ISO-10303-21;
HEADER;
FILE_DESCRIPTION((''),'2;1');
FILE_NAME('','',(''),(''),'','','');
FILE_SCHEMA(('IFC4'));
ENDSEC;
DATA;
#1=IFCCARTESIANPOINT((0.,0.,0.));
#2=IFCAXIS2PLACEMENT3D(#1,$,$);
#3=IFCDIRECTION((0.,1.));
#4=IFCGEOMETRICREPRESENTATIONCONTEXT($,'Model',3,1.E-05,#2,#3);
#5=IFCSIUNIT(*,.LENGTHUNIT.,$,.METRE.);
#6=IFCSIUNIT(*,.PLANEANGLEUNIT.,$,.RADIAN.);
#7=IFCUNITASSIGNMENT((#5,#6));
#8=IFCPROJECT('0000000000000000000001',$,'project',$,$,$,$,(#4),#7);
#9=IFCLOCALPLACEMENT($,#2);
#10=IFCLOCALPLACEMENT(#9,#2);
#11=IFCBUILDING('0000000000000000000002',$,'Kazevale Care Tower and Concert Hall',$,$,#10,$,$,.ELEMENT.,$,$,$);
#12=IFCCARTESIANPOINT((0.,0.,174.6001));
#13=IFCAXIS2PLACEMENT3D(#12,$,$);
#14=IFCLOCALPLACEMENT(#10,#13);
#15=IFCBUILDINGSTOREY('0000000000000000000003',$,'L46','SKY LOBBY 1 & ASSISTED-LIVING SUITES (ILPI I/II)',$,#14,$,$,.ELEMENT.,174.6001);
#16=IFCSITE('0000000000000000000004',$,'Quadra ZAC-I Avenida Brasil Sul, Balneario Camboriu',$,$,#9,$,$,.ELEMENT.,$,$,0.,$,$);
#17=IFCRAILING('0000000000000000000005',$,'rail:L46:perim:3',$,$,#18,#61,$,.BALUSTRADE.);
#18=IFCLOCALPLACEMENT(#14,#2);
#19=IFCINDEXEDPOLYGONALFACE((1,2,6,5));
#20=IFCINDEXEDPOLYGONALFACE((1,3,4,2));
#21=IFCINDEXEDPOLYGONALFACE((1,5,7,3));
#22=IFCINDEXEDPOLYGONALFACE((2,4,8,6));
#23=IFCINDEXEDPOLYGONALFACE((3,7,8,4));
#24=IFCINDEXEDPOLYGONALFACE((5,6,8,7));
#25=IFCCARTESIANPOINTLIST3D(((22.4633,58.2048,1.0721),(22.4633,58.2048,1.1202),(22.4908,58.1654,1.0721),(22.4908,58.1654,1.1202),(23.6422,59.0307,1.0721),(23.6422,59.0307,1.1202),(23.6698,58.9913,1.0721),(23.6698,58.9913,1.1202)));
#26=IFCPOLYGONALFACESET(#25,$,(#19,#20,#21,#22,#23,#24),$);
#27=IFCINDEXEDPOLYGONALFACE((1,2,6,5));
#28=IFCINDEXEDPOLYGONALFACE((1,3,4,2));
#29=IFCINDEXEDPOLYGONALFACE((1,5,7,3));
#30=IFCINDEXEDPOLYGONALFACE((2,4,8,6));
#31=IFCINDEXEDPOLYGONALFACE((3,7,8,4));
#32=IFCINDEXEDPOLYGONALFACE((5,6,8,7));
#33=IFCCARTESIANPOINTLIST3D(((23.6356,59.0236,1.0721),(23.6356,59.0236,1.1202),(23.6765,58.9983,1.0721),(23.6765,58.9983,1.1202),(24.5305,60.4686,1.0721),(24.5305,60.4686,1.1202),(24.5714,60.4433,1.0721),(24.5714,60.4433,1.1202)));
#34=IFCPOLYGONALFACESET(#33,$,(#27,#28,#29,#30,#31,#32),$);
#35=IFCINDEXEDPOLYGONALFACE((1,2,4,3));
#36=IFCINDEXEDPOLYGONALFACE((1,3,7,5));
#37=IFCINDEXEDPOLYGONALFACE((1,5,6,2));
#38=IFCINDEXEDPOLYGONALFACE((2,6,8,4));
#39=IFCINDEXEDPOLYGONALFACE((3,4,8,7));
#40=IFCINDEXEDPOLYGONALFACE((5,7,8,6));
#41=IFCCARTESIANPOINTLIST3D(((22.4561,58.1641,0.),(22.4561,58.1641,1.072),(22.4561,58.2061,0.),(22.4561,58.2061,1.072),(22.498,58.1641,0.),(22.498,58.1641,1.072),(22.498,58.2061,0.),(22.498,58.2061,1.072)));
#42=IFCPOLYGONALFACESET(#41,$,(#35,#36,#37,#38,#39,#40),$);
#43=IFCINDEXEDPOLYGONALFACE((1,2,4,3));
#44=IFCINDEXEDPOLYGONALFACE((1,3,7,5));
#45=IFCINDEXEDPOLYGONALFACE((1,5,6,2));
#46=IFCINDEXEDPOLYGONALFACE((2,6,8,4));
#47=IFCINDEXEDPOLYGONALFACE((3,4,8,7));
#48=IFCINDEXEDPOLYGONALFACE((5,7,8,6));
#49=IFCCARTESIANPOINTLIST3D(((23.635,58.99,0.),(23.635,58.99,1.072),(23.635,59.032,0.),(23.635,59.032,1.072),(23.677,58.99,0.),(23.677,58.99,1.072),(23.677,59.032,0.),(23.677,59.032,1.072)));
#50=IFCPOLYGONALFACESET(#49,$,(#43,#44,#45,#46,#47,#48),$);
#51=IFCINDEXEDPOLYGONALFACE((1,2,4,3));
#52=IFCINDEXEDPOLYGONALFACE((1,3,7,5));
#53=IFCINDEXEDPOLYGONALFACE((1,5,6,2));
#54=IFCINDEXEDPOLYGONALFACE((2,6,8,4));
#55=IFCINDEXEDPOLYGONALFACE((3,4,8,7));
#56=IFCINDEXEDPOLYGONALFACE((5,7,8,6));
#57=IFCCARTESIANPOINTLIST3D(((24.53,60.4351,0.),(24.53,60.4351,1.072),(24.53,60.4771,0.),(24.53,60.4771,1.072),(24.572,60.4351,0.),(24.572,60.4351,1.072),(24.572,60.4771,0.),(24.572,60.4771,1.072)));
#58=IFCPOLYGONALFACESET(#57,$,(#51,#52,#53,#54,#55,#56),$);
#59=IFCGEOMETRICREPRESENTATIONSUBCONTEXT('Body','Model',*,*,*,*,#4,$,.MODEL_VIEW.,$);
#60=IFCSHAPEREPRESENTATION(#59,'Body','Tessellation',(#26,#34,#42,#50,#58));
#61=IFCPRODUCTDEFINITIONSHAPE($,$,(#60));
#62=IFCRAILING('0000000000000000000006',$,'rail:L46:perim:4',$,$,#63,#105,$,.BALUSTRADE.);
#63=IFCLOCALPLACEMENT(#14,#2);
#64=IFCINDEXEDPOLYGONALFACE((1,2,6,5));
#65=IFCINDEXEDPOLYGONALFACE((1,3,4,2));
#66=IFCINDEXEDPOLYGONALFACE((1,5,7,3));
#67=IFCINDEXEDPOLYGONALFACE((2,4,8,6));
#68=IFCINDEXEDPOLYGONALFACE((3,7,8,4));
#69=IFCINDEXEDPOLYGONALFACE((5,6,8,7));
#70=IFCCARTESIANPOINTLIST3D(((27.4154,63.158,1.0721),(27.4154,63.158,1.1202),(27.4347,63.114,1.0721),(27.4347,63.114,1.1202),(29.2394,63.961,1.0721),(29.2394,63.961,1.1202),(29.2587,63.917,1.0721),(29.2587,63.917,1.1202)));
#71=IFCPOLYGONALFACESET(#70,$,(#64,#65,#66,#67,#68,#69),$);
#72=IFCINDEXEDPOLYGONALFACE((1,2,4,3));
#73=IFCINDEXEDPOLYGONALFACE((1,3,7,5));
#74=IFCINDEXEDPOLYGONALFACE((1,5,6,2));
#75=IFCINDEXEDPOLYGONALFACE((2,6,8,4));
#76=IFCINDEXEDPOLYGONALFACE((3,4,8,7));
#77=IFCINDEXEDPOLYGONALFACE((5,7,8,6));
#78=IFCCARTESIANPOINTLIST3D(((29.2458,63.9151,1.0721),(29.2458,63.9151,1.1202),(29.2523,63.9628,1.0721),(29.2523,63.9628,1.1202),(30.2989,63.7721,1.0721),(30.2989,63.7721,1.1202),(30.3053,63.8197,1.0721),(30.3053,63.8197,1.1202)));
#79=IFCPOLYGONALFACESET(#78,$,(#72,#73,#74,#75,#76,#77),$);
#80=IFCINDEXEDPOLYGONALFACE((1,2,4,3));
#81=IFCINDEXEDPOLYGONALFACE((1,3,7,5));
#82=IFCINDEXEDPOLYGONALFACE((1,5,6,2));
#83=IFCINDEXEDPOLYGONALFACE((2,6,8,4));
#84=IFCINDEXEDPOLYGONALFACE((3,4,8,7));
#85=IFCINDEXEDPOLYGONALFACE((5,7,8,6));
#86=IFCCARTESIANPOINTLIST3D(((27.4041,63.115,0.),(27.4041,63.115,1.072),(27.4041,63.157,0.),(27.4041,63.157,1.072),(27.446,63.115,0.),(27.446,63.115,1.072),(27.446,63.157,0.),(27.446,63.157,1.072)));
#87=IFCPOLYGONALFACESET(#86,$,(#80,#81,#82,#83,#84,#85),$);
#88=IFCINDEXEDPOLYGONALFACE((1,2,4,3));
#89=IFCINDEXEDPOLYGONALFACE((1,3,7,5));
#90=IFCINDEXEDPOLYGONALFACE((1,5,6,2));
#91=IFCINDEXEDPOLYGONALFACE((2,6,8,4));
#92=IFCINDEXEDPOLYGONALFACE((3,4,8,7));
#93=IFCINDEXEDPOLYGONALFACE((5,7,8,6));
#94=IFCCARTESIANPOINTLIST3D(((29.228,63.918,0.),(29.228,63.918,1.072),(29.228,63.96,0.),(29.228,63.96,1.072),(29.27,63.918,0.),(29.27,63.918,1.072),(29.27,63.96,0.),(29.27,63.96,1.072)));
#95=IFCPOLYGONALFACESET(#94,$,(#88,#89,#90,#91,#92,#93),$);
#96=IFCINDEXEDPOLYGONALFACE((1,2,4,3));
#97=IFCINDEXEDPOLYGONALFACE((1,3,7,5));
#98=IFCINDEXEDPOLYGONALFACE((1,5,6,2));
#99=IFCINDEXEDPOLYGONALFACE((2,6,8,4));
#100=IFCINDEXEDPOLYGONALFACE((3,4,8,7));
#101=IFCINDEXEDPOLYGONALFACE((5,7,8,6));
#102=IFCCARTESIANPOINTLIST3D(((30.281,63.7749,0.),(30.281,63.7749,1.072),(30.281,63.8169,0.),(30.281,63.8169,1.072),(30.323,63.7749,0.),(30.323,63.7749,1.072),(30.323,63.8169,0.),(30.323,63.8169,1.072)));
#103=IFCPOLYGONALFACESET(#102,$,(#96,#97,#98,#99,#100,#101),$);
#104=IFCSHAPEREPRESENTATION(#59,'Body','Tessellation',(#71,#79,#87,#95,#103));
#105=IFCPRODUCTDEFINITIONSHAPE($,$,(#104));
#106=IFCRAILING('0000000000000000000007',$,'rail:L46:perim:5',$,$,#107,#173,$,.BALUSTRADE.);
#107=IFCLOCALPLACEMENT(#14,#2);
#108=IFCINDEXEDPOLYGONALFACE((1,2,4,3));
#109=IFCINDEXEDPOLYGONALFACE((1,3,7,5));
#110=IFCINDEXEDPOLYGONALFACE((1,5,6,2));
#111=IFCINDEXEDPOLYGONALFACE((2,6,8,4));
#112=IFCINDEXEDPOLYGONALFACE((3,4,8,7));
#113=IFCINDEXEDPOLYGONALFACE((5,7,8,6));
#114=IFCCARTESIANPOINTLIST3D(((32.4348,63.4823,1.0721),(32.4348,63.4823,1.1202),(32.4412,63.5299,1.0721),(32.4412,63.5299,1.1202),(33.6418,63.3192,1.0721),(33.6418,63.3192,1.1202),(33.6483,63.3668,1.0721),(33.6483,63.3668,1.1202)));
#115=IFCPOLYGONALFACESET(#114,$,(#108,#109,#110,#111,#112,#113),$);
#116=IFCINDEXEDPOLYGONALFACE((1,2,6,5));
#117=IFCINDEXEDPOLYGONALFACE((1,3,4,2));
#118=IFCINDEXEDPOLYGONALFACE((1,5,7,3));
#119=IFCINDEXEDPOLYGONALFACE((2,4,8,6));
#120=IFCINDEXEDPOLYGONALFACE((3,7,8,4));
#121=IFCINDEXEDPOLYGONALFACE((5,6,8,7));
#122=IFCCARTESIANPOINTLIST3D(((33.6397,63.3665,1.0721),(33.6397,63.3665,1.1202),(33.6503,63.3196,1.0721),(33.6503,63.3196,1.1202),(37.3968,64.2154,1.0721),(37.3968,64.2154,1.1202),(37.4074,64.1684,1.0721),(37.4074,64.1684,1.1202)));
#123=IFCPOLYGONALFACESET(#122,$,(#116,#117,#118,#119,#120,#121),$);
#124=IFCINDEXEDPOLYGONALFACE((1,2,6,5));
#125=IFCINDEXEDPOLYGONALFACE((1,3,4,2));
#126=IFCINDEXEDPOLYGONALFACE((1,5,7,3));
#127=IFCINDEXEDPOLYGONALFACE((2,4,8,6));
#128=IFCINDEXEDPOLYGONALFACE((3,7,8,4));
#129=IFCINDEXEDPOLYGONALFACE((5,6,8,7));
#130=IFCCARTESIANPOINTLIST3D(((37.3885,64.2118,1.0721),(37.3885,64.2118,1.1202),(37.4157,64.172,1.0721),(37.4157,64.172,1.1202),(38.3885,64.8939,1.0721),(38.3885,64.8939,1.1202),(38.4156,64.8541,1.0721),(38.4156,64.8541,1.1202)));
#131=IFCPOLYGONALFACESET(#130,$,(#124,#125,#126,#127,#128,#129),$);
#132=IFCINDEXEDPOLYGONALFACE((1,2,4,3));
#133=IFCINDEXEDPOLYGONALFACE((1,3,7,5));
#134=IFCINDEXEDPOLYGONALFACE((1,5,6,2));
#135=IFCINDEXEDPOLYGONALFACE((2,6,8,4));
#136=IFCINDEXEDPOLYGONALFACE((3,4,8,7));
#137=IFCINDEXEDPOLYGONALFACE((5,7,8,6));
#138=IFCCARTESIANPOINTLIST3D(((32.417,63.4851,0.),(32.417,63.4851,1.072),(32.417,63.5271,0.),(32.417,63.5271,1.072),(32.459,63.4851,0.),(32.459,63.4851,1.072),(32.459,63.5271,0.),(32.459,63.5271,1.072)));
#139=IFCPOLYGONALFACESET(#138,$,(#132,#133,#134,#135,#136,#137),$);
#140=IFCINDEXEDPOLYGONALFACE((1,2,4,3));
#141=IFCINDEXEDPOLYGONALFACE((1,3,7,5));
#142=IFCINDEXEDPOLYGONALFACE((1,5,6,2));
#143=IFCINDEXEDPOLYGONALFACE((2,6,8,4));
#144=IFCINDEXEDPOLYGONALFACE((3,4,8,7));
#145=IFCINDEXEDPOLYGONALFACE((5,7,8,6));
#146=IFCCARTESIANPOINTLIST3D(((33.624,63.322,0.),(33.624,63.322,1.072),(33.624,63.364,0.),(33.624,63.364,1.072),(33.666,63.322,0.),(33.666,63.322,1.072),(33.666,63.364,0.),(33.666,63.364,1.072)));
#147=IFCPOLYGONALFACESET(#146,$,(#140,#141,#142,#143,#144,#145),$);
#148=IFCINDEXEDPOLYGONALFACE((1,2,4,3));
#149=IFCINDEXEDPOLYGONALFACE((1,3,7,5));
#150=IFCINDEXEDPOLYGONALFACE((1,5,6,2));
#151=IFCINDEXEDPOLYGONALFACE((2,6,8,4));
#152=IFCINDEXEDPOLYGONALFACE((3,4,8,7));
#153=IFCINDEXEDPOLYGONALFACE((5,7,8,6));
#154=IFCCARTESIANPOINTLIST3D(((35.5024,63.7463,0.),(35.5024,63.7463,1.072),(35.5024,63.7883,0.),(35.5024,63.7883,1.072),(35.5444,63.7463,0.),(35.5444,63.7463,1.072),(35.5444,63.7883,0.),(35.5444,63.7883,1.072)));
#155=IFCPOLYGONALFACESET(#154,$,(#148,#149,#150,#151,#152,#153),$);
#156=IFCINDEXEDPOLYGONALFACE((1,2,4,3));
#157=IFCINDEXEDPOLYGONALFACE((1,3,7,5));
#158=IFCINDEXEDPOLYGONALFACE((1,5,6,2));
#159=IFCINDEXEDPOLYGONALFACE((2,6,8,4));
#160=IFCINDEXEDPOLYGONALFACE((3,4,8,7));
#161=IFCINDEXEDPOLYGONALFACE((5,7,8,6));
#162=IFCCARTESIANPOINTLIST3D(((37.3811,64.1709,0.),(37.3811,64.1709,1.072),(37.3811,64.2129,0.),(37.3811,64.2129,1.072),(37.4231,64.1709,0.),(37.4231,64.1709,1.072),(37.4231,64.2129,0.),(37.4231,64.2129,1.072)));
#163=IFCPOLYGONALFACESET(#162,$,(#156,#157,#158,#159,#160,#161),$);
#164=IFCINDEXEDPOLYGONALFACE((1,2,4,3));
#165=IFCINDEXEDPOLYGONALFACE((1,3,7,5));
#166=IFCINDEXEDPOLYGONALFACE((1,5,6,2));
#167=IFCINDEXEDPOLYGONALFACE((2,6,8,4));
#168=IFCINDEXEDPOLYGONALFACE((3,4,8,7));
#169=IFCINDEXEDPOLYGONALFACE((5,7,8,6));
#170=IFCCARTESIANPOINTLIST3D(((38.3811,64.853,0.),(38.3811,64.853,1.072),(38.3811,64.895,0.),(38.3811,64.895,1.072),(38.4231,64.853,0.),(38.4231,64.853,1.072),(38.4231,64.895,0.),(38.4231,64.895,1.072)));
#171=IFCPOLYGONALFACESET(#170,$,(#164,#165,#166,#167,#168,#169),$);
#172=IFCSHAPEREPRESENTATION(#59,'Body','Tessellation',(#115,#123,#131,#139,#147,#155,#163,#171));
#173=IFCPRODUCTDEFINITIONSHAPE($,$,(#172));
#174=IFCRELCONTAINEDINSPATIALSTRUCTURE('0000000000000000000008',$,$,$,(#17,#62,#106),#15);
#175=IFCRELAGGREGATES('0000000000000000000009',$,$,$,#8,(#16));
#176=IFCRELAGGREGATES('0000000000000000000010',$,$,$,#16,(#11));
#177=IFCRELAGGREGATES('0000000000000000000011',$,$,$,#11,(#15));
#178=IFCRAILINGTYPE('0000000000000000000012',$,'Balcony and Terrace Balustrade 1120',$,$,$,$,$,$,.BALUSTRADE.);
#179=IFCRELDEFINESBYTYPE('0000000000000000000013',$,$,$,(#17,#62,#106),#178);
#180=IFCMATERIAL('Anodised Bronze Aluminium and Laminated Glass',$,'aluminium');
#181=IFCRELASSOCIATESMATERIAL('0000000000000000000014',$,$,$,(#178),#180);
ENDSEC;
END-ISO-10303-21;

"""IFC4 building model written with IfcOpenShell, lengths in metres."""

from ifc_helpers import new_model, si_unit, direction, frame, origin, origin_2d, place, context, subcontext, project, spatial, rectangle, extrude, material, type_object, element, save


model = new_model("IFC4")

# Units and contexts
model_context = context("Model", 3, precision=1e-05, world=origin(), true_north=direction((0.0, 1.0)))
body_context = subcontext(model_context, "Body", "Model", "MODEL_VIEW")
ifc_project = project(units=[si_unit("LENGTHUNIT", "METRE"), si_unit("PLANEANGLEUNIT", "RADIAN")], contexts=[model_context])

# Site, building, storey
site_placement = place(None, origin())
site = spatial("IfcSite", under=ifc_project, at=site_placement, Name="Quadra ZAC-I Avenida Brasil Sul, Balneario Camboriu", CompositionType="ELEMENT", RefElevation=0.0)
building_placement = place(site_placement, origin())
building = spatial("IfcBuilding", under=site, at=building_placement, Name="Kazevale Care Tower and Concert Hall", CompositionType="ELEMENT")
storey_placement = place(building_placement, frame((0.0, 0.0, 174.6001)))
storey = spatial("IfcBuildingStorey", under=building, at=storey_placement, Name="L46", Description="SKY LOBBY 1 & ASSISTED-LIVING SUITES (ILPI I/II)", CompositionType="ELEMENT", Elevation=174.6001)

# Railings
ifc_material_1 = material(Name="Anodised Bronze Aluminium and Laminated Glass", Category="aluminium")
railing_type = type_object("IfcRailingType", Name="Balcony and Terrace Balustrade 1120", PredefinedType="BALUSTRADE", material=ifc_material_1)
railing_1_placement = place(storey_placement, frame((22.4771, 58.1851, 0.0)))
element("IfcRailing", 1, at=railing_1_placement, inside=storey, type_object=railing_type, Name="rail:L46:perim:3", PredefinedType="BALUSTRADE", context=body_context, shape_type="SweptSolid", body=[
    extrude(rectangle(XDim=0.0481, YDim=0.0481, at=origin_2d()), frame((0.0, 0.0, 1.0962), z_axis=(0.819017, 0.57377, 0.0), x_axis=(-0.57377, 0.819017, 0.0)), (0.0, 0.0, 1.0), 1.4395),
    extrude(rectangle(XDim=0.0481, YDim=0.0481, at=origin_2d()), frame((1.179, 0.8259, 1.0962), z_axis=(0.526547, 0.850146, 0.0), x_axis=(-0.850146, 0.526547, 0.0)), (0.0, 0.0, 1.0), 1.6997),
    extrude(rectangle(XDim=0.042, YDim=0.042, at=origin_2d()), origin(), (0.0, 0.0, 1.0), 1.072),
    extrude(rectangle(XDim=0.042, YDim=0.042, at=origin_2d()), frame((1.179, 0.8259, 0.0)), (0.0, 0.0, 1.0), 1.072),
    extrude(rectangle(XDim=0.042, YDim=0.042, at=origin_2d()), frame((2.074, 2.271, 0.0)), (0.0, 0.0, 1.0), 1.072),
])
railing_2_placement = place(storey_placement, frame((27.425, 63.136, 0.0)))
element("IfcRailing", 2, at=railing_2_placement, inside=storey, type_object=railing_type, Name="rail:L46:perim:4", PredefinedType="BALUSTRADE", context=body_context, shape_type="SweptSolid", body=[
    extrude(rectangle(XDim=0.0481, YDim=0.0481, at=origin_2d()), frame((0.0, 0.0, 1.0962), z_axis=(0.915236, 0.402919, 0.0), x_axis=(-0.402919, 0.915236, 0.0)), (0.0, 0.0, 1.0), 1.9929),
    extrude(rectangle(XDim=0.0481, YDim=0.0481, at=origin_2d()), frame((1.824, 0.803, 1.0962), z_axis=(0.990896, -0.134631, 0.0), x_axis=(0.134631, 0.990896, 0.0)), (0.0, 0.0, 1.0), 1.0627),
    extrude(rectangle(XDim=0.042, YDim=0.042, at=origin_2d()), origin(), (0.0, 0.0, 1.0), 1.072),
    extrude(rectangle(XDim=0.042, YDim=0.042, at=origin_2d()), frame((1.824, 0.803, 0.0)), (0.0, 0.0, 1.0), 1.072),
    extrude(rectangle(XDim=0.042, YDim=0.042, at=origin_2d()), frame((2.877, 0.6599, 0.0)), (0.0, 0.0, 1.0), 1.072),
])
railing_3_placement = place(storey_placement, frame((32.438, 63.5061, 0.0)))
element("IfcRailing", 3, at=railing_3_placement, inside=storey, type_object=railing_type, Name="rail:L46:perim:5", PredefinedType="BALUSTRADE", context=body_context, shape_type="SweptSolid", body=[
    extrude(rectangle(XDim=0.0481, YDim=0.0481, at=origin_2d()), frame((0.0, 0.0, 1.0962), z_axis=(0.990995, -0.133897, 0.0), x_axis=(0.133897, 0.990995, 0.0)), (0.0, 0.0, 1.0), 1.218),
    extrude(rectangle(XDim=0.0481, YDim=0.0481, at=origin_2d()), frame((1.207, -0.1631, 1.0962), z_axis=(0.975413, 0.220385, 0.0), x_axis=(-0.220385, 0.975413, 0.0)), (0.0, 0.0, 1.0), 3.8518),
    extrude(rectangle(XDim=0.0481, YDim=0.0481, at=origin_2d()), frame((4.9641, 0.6858, 1.0962), z_axis=(0.826108, 0.563512, 0.0), x_axis=(-0.563512, 0.826108, 0.0)), (0.0, 0.0, 1.0), 1.2104),
    extrude(rectangle(XDim=0.042, YDim=0.042, at=origin_2d()), origin(), (0.0, 0.0, 1.0), 1.072),
    extrude(rectangle(XDim=0.042, YDim=0.042, at=origin_2d()), frame((1.207, -0.1631, 0.0)), (0.0, 0.0, 1.0), 1.072),
    extrude(rectangle(XDim=0.042, YDim=0.042, at=origin_2d()), frame((3.0854, 0.2612, 0.0)), (0.0, 0.0, 1.0), 1.072),
    extrude(rectangle(XDim=0.042, YDim=0.042, at=origin_2d()), frame((4.9641, 0.6858, 0.0)), (0.0, 0.0, 1.0), 1.072),
    extrude(rectangle(XDim=0.042, YDim=0.042, at=origin_2d()), frame((5.9641, 1.3679, 0.0)), (0.0, 0.0, 1.0), 1.072),
])

save(model, "model.ifc")
